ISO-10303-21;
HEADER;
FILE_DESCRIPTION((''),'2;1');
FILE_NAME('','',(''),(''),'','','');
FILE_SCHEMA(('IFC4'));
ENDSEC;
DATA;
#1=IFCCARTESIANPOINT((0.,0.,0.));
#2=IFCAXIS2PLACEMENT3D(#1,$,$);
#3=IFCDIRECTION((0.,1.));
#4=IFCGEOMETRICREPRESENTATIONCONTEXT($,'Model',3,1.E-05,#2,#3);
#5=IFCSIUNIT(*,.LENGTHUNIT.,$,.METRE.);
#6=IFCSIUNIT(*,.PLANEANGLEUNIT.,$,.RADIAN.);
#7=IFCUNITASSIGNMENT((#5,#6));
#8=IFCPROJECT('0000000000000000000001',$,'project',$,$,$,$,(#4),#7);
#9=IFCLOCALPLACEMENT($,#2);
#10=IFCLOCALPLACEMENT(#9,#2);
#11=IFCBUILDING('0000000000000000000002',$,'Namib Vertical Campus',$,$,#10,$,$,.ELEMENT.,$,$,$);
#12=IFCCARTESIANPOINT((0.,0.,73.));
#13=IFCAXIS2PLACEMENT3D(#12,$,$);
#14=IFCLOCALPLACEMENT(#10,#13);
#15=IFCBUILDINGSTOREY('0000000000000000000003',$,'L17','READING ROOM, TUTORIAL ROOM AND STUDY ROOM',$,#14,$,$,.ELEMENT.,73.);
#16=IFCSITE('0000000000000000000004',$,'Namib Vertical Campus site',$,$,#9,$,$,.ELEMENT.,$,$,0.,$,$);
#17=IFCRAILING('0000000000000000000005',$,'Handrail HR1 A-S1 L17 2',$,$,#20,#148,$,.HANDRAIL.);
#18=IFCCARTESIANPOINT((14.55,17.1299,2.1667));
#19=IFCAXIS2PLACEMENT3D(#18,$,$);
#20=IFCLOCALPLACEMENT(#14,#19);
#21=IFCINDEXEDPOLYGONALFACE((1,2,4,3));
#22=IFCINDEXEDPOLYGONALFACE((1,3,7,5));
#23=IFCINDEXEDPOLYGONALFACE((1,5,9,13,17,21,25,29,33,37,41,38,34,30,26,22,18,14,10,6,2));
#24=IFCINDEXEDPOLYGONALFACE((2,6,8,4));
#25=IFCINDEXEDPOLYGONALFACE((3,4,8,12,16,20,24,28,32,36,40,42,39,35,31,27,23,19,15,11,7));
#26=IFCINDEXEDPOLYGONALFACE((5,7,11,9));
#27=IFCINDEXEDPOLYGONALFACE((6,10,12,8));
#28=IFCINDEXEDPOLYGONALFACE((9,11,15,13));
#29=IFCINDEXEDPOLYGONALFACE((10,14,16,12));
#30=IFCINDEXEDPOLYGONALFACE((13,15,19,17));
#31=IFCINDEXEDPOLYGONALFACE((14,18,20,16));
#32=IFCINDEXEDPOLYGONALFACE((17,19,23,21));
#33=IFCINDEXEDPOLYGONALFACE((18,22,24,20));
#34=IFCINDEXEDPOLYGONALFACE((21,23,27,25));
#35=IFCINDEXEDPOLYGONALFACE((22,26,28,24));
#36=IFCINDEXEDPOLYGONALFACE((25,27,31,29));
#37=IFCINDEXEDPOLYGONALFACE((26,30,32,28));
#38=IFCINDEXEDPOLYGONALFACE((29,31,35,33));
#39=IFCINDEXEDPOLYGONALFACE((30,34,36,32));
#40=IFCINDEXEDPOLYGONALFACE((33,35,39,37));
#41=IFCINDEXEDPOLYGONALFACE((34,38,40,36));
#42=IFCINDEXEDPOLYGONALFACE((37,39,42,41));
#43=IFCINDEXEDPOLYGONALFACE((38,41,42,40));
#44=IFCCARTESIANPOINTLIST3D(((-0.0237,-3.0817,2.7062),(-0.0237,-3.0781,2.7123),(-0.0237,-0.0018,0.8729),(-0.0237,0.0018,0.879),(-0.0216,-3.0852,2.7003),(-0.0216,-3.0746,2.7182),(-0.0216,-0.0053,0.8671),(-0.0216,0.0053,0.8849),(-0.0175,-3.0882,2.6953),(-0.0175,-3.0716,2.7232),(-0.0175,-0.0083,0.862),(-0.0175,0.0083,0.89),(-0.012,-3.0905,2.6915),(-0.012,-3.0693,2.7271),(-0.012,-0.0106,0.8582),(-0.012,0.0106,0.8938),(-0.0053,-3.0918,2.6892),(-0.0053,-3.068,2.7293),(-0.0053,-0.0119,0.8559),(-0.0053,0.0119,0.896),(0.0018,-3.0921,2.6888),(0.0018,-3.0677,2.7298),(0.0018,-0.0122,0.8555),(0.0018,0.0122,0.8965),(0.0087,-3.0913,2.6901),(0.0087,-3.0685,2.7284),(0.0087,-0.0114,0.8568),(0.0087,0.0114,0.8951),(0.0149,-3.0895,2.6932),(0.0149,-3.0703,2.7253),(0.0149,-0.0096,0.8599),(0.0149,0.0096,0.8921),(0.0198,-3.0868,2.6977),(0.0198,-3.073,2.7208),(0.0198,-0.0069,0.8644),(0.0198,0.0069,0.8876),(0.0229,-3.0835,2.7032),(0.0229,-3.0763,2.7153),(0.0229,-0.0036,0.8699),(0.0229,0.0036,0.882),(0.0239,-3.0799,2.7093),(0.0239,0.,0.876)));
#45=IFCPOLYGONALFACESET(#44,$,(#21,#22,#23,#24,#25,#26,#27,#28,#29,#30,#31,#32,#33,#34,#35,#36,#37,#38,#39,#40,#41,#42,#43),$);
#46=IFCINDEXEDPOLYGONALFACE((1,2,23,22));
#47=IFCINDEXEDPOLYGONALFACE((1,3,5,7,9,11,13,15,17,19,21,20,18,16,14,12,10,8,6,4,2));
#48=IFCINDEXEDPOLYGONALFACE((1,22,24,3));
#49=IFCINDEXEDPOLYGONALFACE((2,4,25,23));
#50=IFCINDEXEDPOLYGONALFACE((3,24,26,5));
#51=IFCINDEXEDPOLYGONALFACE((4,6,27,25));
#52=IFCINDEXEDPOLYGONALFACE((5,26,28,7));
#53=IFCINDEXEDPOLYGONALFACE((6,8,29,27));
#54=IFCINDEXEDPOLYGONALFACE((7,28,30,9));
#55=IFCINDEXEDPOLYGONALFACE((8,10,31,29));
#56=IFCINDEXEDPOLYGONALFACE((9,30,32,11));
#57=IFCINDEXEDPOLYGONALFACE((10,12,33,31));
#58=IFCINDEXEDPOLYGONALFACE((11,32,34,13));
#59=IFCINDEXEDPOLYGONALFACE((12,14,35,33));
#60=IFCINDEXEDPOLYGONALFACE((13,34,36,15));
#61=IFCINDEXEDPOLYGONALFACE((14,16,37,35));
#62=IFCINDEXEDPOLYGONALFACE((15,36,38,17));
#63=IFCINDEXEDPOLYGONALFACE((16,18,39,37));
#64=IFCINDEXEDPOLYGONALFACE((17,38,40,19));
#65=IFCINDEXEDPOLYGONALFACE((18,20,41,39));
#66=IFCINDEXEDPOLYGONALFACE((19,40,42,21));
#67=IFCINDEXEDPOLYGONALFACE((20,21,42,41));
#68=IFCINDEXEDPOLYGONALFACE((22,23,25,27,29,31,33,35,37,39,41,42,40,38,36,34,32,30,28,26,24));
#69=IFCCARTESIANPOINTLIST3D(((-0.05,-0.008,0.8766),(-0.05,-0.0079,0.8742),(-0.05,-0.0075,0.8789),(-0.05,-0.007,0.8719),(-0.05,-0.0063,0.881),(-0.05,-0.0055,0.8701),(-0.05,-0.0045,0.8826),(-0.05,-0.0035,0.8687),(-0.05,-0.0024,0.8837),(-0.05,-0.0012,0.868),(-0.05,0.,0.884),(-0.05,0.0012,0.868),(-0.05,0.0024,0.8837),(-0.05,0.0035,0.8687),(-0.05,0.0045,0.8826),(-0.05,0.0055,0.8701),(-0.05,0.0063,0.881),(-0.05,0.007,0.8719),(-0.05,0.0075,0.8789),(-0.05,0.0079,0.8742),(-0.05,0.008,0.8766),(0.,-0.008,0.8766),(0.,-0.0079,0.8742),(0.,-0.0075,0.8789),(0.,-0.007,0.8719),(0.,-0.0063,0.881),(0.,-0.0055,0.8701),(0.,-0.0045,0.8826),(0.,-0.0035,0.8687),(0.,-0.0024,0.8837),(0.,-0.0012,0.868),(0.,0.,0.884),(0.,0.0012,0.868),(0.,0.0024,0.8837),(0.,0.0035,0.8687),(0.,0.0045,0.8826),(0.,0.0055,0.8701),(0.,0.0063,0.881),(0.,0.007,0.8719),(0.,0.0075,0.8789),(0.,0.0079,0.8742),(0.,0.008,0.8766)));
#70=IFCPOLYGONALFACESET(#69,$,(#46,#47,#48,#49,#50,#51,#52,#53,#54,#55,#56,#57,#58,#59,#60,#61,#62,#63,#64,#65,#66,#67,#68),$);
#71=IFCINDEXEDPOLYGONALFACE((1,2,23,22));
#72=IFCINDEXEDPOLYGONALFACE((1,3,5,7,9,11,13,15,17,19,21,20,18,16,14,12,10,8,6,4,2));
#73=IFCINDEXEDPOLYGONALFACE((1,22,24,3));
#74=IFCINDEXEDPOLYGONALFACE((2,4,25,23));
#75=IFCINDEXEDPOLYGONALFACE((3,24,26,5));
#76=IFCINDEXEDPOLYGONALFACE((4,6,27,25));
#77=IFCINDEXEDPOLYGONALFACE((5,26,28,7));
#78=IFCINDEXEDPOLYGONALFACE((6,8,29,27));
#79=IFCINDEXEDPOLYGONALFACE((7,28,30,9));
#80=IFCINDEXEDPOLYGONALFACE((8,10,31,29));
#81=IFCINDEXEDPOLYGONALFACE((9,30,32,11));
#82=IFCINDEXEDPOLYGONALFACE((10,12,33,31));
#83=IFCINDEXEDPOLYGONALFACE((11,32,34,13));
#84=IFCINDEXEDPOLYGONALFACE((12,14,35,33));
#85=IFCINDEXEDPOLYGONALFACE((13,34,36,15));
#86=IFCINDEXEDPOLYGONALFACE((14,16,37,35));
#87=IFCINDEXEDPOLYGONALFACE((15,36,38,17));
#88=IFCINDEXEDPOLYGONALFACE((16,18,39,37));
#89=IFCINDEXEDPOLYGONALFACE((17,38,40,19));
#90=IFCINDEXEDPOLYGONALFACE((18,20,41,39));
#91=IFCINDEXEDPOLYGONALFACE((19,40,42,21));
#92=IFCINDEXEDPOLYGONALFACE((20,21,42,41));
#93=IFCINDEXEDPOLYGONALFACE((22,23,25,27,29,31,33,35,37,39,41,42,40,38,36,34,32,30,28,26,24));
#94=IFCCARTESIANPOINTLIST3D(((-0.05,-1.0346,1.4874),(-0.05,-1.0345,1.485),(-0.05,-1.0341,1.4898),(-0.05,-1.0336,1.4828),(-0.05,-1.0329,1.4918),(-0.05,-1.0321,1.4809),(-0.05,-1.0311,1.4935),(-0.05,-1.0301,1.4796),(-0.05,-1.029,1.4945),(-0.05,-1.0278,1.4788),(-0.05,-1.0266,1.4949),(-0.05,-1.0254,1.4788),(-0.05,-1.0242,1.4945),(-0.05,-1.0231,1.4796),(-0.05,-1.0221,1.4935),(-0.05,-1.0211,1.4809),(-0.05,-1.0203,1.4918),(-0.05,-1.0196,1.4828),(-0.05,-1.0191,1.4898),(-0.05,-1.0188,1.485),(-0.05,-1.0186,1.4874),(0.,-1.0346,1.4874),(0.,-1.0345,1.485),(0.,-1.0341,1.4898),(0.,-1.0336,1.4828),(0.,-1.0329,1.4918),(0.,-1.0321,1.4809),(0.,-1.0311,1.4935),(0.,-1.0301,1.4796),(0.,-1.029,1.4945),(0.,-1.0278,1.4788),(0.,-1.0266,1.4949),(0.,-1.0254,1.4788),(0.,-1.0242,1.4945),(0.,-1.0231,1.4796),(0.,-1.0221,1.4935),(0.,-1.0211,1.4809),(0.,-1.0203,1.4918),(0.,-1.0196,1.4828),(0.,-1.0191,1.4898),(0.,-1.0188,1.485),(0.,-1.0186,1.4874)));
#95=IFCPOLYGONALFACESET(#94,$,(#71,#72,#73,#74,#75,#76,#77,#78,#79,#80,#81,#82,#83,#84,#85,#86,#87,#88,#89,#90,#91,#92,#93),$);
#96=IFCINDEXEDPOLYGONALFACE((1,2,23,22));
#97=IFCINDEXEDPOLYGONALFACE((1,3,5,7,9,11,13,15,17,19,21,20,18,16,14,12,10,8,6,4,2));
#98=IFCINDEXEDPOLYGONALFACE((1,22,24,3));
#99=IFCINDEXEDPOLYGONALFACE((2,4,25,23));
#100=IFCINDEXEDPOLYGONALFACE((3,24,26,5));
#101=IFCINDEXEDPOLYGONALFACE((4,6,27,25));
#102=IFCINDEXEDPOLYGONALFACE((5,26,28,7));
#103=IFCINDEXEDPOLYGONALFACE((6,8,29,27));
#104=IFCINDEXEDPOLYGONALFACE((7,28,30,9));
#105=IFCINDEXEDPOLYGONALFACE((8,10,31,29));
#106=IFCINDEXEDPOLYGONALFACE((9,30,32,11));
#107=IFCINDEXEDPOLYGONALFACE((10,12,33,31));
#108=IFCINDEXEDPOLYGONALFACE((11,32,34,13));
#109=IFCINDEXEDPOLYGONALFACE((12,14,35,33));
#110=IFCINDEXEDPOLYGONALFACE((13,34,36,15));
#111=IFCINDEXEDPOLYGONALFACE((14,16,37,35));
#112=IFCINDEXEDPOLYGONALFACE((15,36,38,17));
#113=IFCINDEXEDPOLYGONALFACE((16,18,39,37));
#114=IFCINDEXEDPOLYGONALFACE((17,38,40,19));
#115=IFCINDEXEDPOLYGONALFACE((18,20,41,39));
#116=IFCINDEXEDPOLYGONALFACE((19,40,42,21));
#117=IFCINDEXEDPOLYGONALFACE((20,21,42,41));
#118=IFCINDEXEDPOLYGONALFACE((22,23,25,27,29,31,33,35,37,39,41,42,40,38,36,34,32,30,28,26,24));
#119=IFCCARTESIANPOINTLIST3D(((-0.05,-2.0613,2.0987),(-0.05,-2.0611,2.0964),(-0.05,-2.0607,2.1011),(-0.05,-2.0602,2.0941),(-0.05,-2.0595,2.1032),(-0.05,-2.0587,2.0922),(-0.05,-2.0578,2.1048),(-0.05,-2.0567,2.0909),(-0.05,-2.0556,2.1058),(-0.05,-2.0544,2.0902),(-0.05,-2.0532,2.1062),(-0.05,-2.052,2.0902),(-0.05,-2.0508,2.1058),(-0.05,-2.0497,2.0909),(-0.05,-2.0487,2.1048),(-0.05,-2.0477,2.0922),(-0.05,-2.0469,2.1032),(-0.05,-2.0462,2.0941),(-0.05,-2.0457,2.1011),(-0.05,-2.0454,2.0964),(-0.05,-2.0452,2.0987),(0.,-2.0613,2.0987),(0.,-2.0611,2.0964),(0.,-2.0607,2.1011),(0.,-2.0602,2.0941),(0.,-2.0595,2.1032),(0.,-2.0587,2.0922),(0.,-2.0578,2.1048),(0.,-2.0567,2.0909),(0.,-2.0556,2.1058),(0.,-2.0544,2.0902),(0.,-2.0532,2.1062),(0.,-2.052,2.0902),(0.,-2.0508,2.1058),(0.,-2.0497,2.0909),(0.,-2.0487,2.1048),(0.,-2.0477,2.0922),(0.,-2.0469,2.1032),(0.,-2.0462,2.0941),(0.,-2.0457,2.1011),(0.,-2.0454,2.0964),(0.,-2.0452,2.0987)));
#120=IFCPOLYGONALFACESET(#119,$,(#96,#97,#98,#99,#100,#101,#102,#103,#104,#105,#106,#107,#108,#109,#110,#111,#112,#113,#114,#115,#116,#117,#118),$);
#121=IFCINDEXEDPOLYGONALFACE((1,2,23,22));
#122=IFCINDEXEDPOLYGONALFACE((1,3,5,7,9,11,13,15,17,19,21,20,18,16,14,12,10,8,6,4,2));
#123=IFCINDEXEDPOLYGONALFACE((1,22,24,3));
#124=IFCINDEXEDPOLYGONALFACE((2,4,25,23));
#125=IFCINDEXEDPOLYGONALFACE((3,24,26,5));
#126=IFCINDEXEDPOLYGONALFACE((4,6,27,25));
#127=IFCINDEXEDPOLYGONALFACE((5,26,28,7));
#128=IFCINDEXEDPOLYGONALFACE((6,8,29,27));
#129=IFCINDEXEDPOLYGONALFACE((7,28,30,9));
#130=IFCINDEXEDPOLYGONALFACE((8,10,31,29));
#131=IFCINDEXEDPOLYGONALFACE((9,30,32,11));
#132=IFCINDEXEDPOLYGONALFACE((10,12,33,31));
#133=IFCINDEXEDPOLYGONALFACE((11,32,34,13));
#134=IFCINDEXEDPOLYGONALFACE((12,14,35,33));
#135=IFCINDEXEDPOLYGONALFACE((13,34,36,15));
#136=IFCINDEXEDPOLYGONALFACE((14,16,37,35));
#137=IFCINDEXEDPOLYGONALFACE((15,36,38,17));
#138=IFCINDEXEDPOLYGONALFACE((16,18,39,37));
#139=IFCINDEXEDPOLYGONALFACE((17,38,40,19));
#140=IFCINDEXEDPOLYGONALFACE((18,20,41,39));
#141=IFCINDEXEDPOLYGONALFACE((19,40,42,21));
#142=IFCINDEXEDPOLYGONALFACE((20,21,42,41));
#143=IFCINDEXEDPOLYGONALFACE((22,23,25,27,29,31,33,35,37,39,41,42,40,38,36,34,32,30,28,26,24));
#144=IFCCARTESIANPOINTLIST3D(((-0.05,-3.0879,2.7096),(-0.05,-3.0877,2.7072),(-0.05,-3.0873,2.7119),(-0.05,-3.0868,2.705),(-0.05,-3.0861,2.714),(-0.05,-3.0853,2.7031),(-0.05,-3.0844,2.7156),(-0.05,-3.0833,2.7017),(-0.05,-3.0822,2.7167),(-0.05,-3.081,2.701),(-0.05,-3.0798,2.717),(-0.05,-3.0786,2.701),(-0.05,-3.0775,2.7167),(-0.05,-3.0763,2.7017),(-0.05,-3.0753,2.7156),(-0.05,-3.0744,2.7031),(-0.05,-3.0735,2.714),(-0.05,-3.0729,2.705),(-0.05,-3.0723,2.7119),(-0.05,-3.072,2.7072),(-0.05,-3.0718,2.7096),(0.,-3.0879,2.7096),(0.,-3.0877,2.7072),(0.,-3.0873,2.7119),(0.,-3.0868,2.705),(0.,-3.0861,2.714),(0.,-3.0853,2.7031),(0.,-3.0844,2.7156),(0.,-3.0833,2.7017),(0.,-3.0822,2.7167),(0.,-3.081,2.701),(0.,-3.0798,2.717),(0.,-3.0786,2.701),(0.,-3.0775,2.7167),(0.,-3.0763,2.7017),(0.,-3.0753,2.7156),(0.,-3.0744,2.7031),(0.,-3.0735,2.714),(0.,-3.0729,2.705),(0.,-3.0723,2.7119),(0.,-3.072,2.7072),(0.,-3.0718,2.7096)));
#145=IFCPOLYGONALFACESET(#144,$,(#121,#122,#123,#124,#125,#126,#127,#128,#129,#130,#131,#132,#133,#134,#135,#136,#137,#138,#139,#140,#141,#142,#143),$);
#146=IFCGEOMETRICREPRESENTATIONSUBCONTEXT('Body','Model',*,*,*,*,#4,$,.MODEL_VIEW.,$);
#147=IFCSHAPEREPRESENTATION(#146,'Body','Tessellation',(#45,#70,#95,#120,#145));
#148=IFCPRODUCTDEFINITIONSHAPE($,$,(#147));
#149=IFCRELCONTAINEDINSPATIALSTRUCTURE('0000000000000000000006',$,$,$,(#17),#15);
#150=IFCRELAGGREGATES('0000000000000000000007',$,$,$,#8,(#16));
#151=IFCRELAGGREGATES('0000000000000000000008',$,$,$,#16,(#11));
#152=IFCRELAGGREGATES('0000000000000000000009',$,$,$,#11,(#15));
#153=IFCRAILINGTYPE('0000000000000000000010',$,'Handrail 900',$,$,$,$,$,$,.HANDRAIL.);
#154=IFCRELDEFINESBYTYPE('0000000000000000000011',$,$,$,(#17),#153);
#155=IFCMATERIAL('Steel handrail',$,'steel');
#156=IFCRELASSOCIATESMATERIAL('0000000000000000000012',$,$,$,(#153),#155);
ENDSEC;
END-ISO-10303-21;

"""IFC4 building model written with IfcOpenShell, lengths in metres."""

from ifc_helpers import new_model, si_unit, direction, frame, origin, origin_2d, place, context, subcontext, project, spatial, circle, extrude, material, type_object, element, save


model = new_model("IFC4")

# Units and contexts
model_context = context("Model", 3, precision=1e-05, world=origin(), true_north=direction((0.0, 1.0)))
body_context = subcontext(model_context, "Body", "Model", "MODEL_VIEW")
ifc_project = project(units=[si_unit("LENGTHUNIT", "METRE"), si_unit("PLANEANGLEUNIT", "RADIAN")], contexts=[model_context])

# Site, building, storey
site_placement = place(None, origin())
site = spatial("IfcSite", under=ifc_project, at=site_placement, Name="Namib Vertical Campus site", CompositionType="ELEMENT", RefElevation=0.0)
building_placement = place(site_placement, origin())
building = spatial("IfcBuilding", under=site, at=building_placement, Name="Namib Vertical Campus", CompositionType="ELEMENT")
storey_placement = place(building_placement, frame((0.0, 0.0, 73.0)))
storey = spatial("IfcBuildingStorey", under=building, at=storey_placement, Name="L17", Description="READING ROOM, TUTORIAL ROOM AND STUDY ROOM", CompositionType="ELEMENT", Elevation=73.0)

# Railing
ifc_material_1 = material(Name="Steel handrail", Category="steel")
railing_type_1 = type_object("IfcRailingType", Name="Handrail 900", PredefinedType="HANDRAIL", material=ifc_material_1)
railing_1_placement = place(storey_placement, frame((14.55, 17.1299, 2.1667)))
element("IfcRailing", 1, at=railing_1_placement, inside=storey, type_object=railing_type_1, Name="Handrail HR1 A-S1 L17 2", PredefinedType="HANDRAIL", context=body_context, shape_type="SweptSolid", body=[
    extrude(circle(Radius=0.0239, at=origin_2d()), frame((0.0, 0.0, 0.876), z_axis=(0.0, -0.859291, 0.511487), x_axis=(1.0, 0.0, 0.0)), (0.0, 0.0, 1.0), 3.5842),
    extrude(circle(Radius=0.0081, at=origin_2d()), frame((0.0, 0.0, 0.876), z_axis=(-1.0, 0.0, 0.0), x_axis=(0.0, 0.0, 1.0)), (0.0, 0.0, 1.0), 0.05),
    extrude(circle(Radius=0.0081, at=origin_2d()), frame((0.0, -1.0266, 1.4868), z_axis=(-1.0, 0.0, 0.0), x_axis=(0.0, 0.0, 1.0)), (0.0, 0.0, 1.0), 0.05),
    extrude(circle(Radius=0.0081, at=origin_2d()), frame((0.0, -2.0532, 2.0981), z_axis=(-1.0, 0.0, 0.0), x_axis=(0.0, 0.0, 1.0)), (0.0, 0.0, 1.0), 0.05),
    extrude(circle(Radius=0.0081, at=origin_2d()), frame((0.0, -3.0798, 2.709), z_axis=(-1.0, 0.0, 0.0), x_axis=(0.0, 0.0, 1.0)), (0.0, 0.0, 1.0), 0.05),
])

save(model, "model.ifc")
